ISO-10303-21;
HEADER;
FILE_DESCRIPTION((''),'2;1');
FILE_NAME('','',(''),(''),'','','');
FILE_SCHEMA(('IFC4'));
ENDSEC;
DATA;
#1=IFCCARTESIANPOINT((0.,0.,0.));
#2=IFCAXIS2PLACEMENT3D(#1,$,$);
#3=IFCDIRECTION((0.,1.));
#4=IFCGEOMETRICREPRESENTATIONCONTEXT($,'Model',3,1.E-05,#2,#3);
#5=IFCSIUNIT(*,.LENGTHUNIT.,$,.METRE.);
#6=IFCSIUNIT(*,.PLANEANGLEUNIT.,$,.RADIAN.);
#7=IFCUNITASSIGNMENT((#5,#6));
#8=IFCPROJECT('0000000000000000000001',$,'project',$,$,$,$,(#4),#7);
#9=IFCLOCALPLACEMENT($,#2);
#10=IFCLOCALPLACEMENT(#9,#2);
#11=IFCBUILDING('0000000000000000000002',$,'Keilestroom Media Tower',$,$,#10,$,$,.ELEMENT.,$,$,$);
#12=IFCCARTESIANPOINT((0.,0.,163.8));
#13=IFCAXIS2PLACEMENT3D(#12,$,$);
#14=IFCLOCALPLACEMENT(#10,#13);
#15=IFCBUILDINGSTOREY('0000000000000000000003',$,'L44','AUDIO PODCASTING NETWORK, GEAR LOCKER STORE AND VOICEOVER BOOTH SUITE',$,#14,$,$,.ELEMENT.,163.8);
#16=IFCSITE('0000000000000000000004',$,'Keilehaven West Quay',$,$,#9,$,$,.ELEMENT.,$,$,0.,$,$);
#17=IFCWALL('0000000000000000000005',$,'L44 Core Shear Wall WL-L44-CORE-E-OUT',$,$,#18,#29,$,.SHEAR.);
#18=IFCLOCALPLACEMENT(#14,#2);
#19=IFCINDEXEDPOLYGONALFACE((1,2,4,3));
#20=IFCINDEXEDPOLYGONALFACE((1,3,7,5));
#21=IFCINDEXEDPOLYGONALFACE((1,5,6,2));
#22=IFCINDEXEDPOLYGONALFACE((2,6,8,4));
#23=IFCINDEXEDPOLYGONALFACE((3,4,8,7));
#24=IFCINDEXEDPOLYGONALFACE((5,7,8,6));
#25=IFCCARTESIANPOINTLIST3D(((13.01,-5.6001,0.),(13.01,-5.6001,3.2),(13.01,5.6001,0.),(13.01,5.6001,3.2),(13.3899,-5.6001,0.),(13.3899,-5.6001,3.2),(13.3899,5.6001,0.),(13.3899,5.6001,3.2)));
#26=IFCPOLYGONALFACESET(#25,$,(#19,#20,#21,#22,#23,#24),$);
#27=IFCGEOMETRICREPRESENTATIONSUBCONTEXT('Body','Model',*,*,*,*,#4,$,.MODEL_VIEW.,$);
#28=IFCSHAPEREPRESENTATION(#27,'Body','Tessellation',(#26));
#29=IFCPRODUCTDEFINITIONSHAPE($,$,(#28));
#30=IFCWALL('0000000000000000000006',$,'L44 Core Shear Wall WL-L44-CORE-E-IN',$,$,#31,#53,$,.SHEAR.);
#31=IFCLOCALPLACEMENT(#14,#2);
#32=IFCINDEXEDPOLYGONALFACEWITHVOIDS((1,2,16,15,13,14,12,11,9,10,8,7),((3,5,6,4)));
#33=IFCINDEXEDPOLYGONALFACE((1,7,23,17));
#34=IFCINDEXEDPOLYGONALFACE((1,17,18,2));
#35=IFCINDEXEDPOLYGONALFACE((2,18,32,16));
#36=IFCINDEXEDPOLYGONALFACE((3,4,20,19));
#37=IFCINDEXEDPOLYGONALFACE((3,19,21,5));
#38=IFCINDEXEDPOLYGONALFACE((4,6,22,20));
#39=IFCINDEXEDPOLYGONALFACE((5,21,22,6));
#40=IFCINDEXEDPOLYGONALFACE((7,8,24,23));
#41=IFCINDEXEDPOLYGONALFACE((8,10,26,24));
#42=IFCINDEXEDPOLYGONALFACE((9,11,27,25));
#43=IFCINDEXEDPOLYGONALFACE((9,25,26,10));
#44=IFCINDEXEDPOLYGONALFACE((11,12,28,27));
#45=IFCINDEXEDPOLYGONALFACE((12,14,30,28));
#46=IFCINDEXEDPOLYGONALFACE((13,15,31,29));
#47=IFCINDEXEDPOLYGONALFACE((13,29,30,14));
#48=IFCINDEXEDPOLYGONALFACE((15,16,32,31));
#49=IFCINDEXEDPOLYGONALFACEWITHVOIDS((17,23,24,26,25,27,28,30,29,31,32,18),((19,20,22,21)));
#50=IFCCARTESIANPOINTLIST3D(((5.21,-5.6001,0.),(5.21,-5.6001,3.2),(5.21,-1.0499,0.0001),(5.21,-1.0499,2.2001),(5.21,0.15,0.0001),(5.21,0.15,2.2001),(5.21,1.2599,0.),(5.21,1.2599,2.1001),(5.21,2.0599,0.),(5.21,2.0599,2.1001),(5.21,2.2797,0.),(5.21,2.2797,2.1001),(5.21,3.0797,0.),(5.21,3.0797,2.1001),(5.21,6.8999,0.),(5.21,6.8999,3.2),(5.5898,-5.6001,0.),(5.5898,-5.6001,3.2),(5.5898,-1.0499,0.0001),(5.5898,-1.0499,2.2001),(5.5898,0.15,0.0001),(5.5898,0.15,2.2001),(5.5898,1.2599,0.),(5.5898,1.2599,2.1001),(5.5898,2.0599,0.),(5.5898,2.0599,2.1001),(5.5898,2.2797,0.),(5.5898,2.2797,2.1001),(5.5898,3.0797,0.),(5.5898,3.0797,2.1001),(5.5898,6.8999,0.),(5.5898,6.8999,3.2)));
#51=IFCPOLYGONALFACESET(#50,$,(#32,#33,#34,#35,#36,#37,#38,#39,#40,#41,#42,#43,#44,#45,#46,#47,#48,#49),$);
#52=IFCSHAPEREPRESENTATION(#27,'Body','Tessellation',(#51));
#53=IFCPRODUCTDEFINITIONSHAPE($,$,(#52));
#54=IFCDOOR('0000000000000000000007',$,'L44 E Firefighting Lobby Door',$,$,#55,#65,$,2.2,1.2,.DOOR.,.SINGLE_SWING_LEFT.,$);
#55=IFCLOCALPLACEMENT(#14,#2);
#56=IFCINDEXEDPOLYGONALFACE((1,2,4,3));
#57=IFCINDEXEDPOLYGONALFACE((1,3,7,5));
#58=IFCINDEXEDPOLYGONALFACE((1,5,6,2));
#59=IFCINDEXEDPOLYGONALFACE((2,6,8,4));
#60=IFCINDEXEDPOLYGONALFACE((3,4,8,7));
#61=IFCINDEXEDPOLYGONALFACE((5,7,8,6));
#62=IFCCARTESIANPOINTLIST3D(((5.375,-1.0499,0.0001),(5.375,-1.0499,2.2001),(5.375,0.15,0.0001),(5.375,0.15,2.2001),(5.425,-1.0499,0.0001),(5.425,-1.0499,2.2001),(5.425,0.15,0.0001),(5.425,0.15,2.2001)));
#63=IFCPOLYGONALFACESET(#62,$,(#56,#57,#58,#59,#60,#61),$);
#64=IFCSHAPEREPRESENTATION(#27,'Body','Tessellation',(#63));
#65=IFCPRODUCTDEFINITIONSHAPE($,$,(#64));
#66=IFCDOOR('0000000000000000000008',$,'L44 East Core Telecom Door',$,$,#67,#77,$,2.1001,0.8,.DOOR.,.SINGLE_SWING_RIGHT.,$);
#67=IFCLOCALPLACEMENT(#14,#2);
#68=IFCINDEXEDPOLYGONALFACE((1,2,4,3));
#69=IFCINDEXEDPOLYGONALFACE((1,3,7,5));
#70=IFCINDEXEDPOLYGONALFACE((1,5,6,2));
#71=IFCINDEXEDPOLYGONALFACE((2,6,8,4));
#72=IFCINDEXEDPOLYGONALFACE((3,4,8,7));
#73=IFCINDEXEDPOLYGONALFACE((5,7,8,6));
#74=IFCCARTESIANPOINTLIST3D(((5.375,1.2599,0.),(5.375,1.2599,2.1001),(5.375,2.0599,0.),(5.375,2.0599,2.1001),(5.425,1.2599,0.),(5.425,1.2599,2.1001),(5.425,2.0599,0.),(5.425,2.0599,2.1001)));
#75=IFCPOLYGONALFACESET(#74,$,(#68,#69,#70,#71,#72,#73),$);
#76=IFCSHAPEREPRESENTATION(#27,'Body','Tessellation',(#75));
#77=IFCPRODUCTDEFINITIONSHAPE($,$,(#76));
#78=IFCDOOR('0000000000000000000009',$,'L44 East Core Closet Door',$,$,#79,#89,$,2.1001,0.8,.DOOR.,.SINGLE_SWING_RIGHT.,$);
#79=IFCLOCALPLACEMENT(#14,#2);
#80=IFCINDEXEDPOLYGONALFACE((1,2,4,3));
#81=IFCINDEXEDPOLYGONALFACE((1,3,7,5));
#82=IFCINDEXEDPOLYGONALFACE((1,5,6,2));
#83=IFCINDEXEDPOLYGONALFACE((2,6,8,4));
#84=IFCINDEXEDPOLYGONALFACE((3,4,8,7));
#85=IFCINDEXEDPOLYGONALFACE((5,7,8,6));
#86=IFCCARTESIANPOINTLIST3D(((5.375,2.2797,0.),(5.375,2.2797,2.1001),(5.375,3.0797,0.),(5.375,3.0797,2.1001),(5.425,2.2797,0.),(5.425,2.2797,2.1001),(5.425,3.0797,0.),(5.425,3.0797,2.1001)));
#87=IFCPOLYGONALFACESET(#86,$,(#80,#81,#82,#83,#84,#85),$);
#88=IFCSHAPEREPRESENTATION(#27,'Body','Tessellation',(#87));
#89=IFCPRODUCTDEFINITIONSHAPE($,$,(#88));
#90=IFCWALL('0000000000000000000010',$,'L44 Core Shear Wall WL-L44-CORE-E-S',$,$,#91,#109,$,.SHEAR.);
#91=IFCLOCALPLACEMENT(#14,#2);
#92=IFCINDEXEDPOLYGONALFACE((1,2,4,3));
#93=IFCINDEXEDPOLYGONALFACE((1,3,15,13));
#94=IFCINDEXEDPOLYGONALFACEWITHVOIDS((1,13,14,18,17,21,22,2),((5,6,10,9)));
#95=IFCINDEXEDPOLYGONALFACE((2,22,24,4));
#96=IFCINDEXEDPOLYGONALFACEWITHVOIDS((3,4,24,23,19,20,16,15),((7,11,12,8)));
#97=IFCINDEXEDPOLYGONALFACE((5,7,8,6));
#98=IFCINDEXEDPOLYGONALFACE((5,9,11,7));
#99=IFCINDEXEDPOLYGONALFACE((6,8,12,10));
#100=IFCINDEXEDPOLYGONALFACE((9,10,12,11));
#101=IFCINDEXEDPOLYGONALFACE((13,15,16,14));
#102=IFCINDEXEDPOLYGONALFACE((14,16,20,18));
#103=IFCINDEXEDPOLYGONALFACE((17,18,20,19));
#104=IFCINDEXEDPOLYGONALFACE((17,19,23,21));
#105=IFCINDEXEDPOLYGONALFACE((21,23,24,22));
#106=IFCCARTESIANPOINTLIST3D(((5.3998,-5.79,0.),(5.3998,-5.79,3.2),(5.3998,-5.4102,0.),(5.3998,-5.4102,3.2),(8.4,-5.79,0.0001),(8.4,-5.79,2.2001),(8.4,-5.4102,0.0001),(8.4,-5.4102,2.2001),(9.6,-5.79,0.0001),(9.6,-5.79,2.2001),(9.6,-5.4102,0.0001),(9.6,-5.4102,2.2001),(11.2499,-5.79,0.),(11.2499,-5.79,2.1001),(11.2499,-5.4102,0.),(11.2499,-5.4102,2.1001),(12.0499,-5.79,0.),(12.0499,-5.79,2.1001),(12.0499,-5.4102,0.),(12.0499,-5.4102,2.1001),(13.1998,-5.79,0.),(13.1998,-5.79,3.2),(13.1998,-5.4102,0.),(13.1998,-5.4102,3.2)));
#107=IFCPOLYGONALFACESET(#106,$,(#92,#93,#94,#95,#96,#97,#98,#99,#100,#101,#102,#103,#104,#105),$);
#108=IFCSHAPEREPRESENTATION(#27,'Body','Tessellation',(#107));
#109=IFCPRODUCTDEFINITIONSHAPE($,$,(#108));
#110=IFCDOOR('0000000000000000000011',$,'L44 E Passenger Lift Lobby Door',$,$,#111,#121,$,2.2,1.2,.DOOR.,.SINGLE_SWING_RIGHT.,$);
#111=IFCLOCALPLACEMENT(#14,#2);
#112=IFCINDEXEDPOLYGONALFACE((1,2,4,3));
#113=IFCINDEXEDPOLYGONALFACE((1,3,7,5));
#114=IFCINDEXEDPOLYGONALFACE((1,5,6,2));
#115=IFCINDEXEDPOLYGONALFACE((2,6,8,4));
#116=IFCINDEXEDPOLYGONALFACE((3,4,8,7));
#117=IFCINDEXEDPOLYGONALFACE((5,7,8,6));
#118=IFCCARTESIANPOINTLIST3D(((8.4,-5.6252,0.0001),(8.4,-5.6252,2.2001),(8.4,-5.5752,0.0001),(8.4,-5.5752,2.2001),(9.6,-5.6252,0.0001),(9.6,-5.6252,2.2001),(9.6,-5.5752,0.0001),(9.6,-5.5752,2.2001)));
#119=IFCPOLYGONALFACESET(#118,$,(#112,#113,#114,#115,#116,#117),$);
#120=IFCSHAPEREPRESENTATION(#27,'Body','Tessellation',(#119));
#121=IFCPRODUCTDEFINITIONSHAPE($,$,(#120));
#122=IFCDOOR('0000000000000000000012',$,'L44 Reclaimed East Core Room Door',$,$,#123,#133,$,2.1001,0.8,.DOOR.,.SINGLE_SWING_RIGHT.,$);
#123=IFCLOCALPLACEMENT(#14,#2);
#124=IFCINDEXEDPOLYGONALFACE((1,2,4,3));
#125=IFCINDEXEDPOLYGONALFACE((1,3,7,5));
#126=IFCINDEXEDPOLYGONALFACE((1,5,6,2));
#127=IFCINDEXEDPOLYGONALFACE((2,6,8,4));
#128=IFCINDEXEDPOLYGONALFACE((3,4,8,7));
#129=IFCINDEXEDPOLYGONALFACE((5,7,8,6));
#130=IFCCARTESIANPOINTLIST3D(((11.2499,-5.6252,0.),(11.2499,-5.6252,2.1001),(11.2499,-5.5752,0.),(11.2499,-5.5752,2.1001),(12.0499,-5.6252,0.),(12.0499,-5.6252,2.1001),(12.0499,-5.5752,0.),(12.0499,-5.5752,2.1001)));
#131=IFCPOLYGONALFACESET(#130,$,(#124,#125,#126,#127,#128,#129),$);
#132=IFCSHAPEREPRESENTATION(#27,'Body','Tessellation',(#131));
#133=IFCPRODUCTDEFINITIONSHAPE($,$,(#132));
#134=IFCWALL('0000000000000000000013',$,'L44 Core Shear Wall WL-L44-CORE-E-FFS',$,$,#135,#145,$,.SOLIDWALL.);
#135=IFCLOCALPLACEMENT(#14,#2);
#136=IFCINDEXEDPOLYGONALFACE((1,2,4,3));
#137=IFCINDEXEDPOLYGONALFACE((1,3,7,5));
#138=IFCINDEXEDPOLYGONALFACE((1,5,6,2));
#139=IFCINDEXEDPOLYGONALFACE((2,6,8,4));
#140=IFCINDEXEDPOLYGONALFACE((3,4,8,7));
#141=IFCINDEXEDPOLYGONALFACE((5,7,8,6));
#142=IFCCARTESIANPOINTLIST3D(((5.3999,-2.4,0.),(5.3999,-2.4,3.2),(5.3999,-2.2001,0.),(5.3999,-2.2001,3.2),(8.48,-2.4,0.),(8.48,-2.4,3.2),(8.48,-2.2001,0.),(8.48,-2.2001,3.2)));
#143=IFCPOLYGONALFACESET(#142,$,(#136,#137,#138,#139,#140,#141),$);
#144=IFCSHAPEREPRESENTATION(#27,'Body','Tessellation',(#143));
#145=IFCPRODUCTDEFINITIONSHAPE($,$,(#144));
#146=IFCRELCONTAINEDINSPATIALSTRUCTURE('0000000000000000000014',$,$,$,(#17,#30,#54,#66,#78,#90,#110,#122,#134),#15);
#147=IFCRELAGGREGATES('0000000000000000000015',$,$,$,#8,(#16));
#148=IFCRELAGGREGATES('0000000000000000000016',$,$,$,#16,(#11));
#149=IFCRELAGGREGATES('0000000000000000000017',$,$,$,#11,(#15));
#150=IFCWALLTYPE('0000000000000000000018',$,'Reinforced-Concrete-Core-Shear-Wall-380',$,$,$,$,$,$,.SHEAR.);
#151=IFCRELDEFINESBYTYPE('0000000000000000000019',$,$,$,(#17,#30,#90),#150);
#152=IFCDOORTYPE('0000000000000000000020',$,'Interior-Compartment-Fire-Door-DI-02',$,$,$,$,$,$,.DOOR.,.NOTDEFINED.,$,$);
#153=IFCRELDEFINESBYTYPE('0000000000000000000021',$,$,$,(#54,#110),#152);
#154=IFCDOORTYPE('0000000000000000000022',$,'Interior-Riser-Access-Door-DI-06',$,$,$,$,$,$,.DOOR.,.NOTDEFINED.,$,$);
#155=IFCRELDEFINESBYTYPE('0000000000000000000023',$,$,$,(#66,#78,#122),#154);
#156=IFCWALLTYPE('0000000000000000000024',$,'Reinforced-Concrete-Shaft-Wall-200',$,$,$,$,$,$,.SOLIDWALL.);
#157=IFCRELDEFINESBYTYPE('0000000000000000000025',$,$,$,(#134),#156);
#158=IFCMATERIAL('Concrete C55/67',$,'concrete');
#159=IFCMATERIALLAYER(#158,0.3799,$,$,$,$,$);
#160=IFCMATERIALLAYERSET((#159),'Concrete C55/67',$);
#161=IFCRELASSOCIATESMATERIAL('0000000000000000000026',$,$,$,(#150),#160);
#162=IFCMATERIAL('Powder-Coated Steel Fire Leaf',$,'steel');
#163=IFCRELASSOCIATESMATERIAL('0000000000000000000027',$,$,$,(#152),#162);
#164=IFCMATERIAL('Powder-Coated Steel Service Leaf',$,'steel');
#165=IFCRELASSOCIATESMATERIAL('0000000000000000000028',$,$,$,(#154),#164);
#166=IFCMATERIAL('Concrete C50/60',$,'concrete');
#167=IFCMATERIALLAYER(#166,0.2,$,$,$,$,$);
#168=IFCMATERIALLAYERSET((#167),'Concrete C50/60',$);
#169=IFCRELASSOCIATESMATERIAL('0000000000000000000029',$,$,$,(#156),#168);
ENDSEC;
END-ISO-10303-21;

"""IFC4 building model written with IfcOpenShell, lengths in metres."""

from ifc_helpers import new_model, si_unit, direction, frame, frame_2d, origin, place, context, subcontext, project, spatial, rectangle, extrude, source, transform, mapped, material, layer, layer_set, type_object, element, fill, save


model = new_model("IFC4")

# Units and contexts
model_context = context("Model", 3, precision=1e-05, world=origin(), true_north=direction((0.0, 1.0)))
body_context = subcontext(model_context, "Body", "Model", "MODEL_VIEW")
ifc_project = project(units=[si_unit("LENGTHUNIT", "METRE"), si_unit("PLANEANGLEUNIT", "RADIAN")], contexts=[model_context])

# Site, building, storey
site_placement = place(None, origin())
site = spatial("IfcSite", under=ifc_project, at=site_placement, Name="Keilehaven West Quay", CompositionType="ELEMENT", RefElevation=0.0)
building_placement = place(site_placement, origin())
building = spatial("IfcBuilding", under=site, at=building_placement, Name="Keilestroom Media Tower", CompositionType="ELEMENT")
storey_placement = place(building_placement, frame((0.0, 0.0, 163.8)))
storey = spatial("IfcBuildingStorey", under=building, at=storey_placement, Name="L44", Description="AUDIO PODCASTING NETWORK, GEAR LOCKER STORE AND VOICEOVER BOOTH SUITE", CompositionType="ELEMENT", Elevation=163.8)

# Wall
ifc_material_1 = material(Name="Concrete C55/67", Category="concrete")
ifc_layer_1 = layer(ifc_material_1, 0.3799)
ifc_layer_set_1 = layer_set([ifc_layer_1], Name="Concrete C55/67")
wall_type_1 = type_object("IfcWallType", Name="Reinforced-Concrete-Core-Shear-Wall-380", PredefinedType="SHEAR", material=ifc_layer_set_1)
wall_1_placement = place(storey_placement, frame((13.2, -5.6001, 0.0), z_axis=(0.0, 0.0, 1.0), x_axis=(0.0, 1.0, 0.0)))
element("IfcWall", 1, at=wall_1_placement, inside=storey, type_object=wall_type_1, Name="L44 Core Shear Wall WL-L44-CORE-E-OUT", PredefinedType="SHEAR", context=body_context, shape_type="SweptSolid", body=[
    extrude(rectangle(XDim=11.2002, YDim=0.3799, at=frame_2d((5.6001, 0.0))), origin(), (0.0, 0.0, 1.0), 3.2),
])

# Walls, openings, doors
wall_2_placement = place(storey_placement, frame((5.3999, -5.6001, 0.0), z_axis=(0.0, 0.0, 1.0), x_axis=(0.0, 1.0, 0.0)))
wall_2 = element("IfcWall", 2, at=wall_2_placement, inside=storey, type_object=wall_type_1, Name="L44 Core Shear Wall WL-L44-CORE-E-IN", PredefinedType="SHEAR", context=body_context, shape_type="SweptSolid", body=[
    extrude(rectangle(XDim=12.5, YDim=0.3799, at=frame_2d((6.25, 0.0))), origin(), (0.0, 0.0, 1.0), 3.2),
])
opening_1_placement = place(wall_2_placement, frame((4.55, 0.0, 0.0)))
opening_1 = element("IfcOpeningElement", 3, at=opening_1_placement, cuts=wall_2, PredefinedType="OPENING", context=body_context, shape_type="SweptSolid", body=[
    extrude(rectangle(XDim=1.2, YDim=2.2, at=frame_2d((0.6001, 1.1001))), frame((0.0, 0.2, 0.0), z_axis=(0.0, -1.0, 0.0), x_axis=(1.0, 0.0, 0.0)), (0.0, 0.0, 1.0), 0.3999),
])
opening_2_placement = place(wall_2_placement, frame((6.8601, 0.0, 0.0)))
opening_2 = element("IfcOpeningElement", 4, at=opening_2_placement, cuts=wall_2, PredefinedType="OPENING", context=body_context, shape_type="SweptSolid", body=[
    extrude(rectangle(XDim=0.8, YDim=2.1001, at=frame_2d((0.3999, 1.05))), frame((0.0, 0.2, 0.0), z_axis=(0.0, -1.0, 0.0), x_axis=(1.0, 0.0, 0.0)), (0.0, 0.0, 1.0), 0.3999),
])
opening_3_placement = place(wall_2_placement, frame((7.8799, 0.0, 0.0)))
opening_3 = element("IfcOpeningElement", 5, at=opening_3_placement, cuts=wall_2, PredefinedType="OPENING", context=body_context, shape_type="SweptSolid", body=[
    extrude(rectangle(XDim=0.8, YDim=2.1001, at=frame_2d((0.3999, 1.05))), frame((0.0, 0.2, 0.0), z_axis=(0.0, -1.0, 0.0), x_axis=(1.0, 0.0, 0.0)), (0.0, 0.0, 1.0), 0.3999),
])
ifc_material_2 = material(Name="Powder-Coated Steel Fire Leaf", Category="steel")
door_type_1 = type_object("IfcDoorType", Name="Interior-Compartment-Fire-Door-DI-02", OperationType="NOTDEFINED", PredefinedType="DOOR", material=ifc_material_2)
shared_shape_1 = source(origin(), body_context, "Body", "SweptSolid", [
    extrude(rectangle(XDim=1.2, YDim=2.2, at=frame_2d((0.6001, 1.1001))), frame((0.0, 0.0249, 0.0), z_axis=(0.0, -1.0, 0.0), x_axis=(1.0, 0.0, 0.0)), (0.0, 0.0, 1.0), 0.05),
])
door_1_placement = place(opening_1_placement, origin())
door_1 = element("IfcDoor", 6, at=door_1_placement, inside=storey, type_object=door_type_1, Name="L44 E Firefighting Lobby Door", OperationType="SINGLE_SWING_LEFT", OverallHeight=2.2, OverallWidth=1.2, PredefinedType="DOOR", context=body_context, shape_type="MappedRepresentation", body=[
    mapped(shared_shape_1, transform((0.0, 0.0, 0.0), x_axis=(1.0, 0.0, 0.0), y_axis=(0.0, 1.0, 0.0), z_axis=(0.0, 0.0, 1.0), scale=1.0)),
])
fill(opening_1, door_1)
ifc_material_3 = material(Name="Powder-Coated Steel Service Leaf", Category="steel")
door_type_2 = type_object("IfcDoorType", Name="Interior-Riser-Access-Door-DI-06", OperationType="NOTDEFINED", PredefinedType="DOOR", material=ifc_material_3)
shared_shape_2 = source(origin(), body_context, "Body", "SweptSolid", [
    extrude(rectangle(XDim=0.8, YDim=2.1001, at=frame_2d((0.3999, 1.05))), frame((0.0, 0.0249, 0.0), z_axis=(0.0, -1.0, 0.0), x_axis=(1.0, 0.0, 0.0)), (0.0, 0.0, 1.0), 0.05),
])
door_2_placement = place(opening_2_placement, origin())
door_2 = element("IfcDoor", 7, at=door_2_placement, inside=storey, type_object=door_type_2, Name="L44 East Core Telecom Door", OperationType="SINGLE_SWING_RIGHT", OverallHeight=2.1001, OverallWidth=0.8, PredefinedType="DOOR", context=body_context, shape_type="MappedRepresentation", body=[
    mapped(shared_shape_2, transform((0.0, 0.0, 0.0), x_axis=(1.0, 0.0, 0.0), y_axis=(0.0, 1.0, 0.0), z_axis=(0.0, 0.0, 1.0), scale=1.0)),
])
fill(opening_2, door_2)
door_3_placement = place(opening_3_placement, origin())
door_3 = element("IfcDoor", 8, at=door_3_placement, inside=storey, type_object=door_type_2, Name="L44 East Core Closet Door", OperationType="SINGLE_SWING_RIGHT", OverallHeight=2.1001, OverallWidth=0.8, PredefinedType="DOOR", context=body_context, shape_type="MappedRepresentation", body=[
    mapped(shared_shape_2, transform((0.0, 0.0, 0.0), x_axis=(1.0, 0.0, 0.0), y_axis=(0.0, 1.0, 0.0), z_axis=(0.0, 0.0, 1.0), scale=1.0)),
])
fill(opening_3, door_3)
wall_3_placement = place(storey_placement, frame((5.3999, -5.6001, 0.0), z_axis=(0.0, 0.0, 1.0), x_axis=(1.0, 0.0, 0.0)))
wall_3 = element("IfcWall", 9, at=wall_3_placement, inside=storey, type_object=wall_type_1, Name="L44 Core Shear Wall WL-L44-CORE-E-S", PredefinedType="SHEAR", context=body_context, shape_type="SweptSolid", body=[
    extrude(rectangle(XDim=7.8, YDim=0.3799, at=frame_2d((3.8999, 0.0))), origin(), (0.0, 0.0, 1.0), 3.2),
])
opening_4_placement = place(wall_3_placement, frame((3.0, 0.0, 0.0)))
opening_4 = element("IfcOpeningElement", 10, at=opening_4_placement, cuts=wall_3, PredefinedType="OPENING", context=body_context, shape_type="SweptSolid", body=[
    extrude(rectangle(XDim=1.2, YDim=2.2, at=frame_2d((0.6001, 1.1001))), frame((0.0, 0.2, 0.0), z_axis=(0.0, -1.0, 0.0), x_axis=(1.0, 0.0, 0.0)), (0.0, 0.0, 1.0), 0.3999),
])
opening_5_placement = place(wall_3_placement, frame((5.8501, 0.0, 0.0)))
opening_5 = element("IfcOpeningElement", 11, at=opening_5_placement, cuts=wall_3, PredefinedType="OPENING", context=body_context, shape_type="SweptSolid", body=[
    extrude(rectangle(XDim=0.8, YDim=2.1001, at=frame_2d((0.3999, 1.05))), frame((0.0, 0.2, 0.0), z_axis=(0.0, -1.0, 0.0), x_axis=(1.0, 0.0, 0.0)), (0.0, 0.0, 1.0), 0.3999),
])
door_4_placement = place(opening_4_placement, origin())
door_4 = element("IfcDoor", 12, at=door_4_placement, inside=storey, type_object=door_type_1, Name="L44 E Passenger Lift Lobby Door", OperationType="SINGLE_SWING_RIGHT", OverallHeight=2.2, OverallWidth=1.2, PredefinedType="DOOR", context=body_context, shape_type="MappedRepresentation", body=[
    mapped(shared_shape_1, transform((0.0, 0.0, 0.0), x_axis=(1.0, 0.0, 0.0), y_axis=(0.0, 1.0, 0.0), z_axis=(0.0, 0.0, 1.0), scale=1.0)),
])
fill(opening_4, door_4)
door_5_placement = place(opening_5_placement, origin())
door_5 = element("IfcDoor", 13, at=door_5_placement, inside=storey, type_object=door_type_2, Name="L44 Reclaimed East Core Room Door", OperationType="SINGLE_SWING_RIGHT", OverallHeight=2.1001, OverallWidth=0.8, PredefinedType="DOOR", context=body_context, shape_type="MappedRepresentation", body=[
    mapped(shared_shape_2, transform((0.0, 0.0, 0.0), x_axis=(1.0, 0.0, 0.0), y_axis=(0.0, 1.0, 0.0), z_axis=(0.0, 0.0, 1.0), scale=1.0)),
])
fill(opening_5, door_5)

# Wall
ifc_material_4 = material(Name="Concrete C50/60", Category="concrete")
ifc_layer_2 = layer(ifc_material_4, 0.2)
ifc_layer_set_2 = layer_set([ifc_layer_2], Name="Concrete C50/60")
wall_type_2 = type_object("IfcWallType", Name="Reinforced-Concrete-Shaft-Wall-200", PredefinedType="SOLIDWALL", material=ifc_layer_set_2)
wall_4_placement = place(storey_placement, frame((5.3999, -2.3, 0.0), z_axis=(0.0, 0.0, 1.0), x_axis=(1.0, 0.0, 0.0)))
element("IfcWall", 14, at=wall_4_placement, inside=storey, type_object=wall_type_2, Name="L44 Core Shear Wall WL-L44-CORE-E-FFS", PredefinedType="SOLIDWALL", context=body_context, shape_type="SweptSolid", body=[
    extrude(rectangle(XDim=3.0801, YDim=0.2, at=frame_2d((1.54, 0.0))), origin(), (0.0, 0.0, 1.0), 3.2),
])

save(model, "model.ifc")
